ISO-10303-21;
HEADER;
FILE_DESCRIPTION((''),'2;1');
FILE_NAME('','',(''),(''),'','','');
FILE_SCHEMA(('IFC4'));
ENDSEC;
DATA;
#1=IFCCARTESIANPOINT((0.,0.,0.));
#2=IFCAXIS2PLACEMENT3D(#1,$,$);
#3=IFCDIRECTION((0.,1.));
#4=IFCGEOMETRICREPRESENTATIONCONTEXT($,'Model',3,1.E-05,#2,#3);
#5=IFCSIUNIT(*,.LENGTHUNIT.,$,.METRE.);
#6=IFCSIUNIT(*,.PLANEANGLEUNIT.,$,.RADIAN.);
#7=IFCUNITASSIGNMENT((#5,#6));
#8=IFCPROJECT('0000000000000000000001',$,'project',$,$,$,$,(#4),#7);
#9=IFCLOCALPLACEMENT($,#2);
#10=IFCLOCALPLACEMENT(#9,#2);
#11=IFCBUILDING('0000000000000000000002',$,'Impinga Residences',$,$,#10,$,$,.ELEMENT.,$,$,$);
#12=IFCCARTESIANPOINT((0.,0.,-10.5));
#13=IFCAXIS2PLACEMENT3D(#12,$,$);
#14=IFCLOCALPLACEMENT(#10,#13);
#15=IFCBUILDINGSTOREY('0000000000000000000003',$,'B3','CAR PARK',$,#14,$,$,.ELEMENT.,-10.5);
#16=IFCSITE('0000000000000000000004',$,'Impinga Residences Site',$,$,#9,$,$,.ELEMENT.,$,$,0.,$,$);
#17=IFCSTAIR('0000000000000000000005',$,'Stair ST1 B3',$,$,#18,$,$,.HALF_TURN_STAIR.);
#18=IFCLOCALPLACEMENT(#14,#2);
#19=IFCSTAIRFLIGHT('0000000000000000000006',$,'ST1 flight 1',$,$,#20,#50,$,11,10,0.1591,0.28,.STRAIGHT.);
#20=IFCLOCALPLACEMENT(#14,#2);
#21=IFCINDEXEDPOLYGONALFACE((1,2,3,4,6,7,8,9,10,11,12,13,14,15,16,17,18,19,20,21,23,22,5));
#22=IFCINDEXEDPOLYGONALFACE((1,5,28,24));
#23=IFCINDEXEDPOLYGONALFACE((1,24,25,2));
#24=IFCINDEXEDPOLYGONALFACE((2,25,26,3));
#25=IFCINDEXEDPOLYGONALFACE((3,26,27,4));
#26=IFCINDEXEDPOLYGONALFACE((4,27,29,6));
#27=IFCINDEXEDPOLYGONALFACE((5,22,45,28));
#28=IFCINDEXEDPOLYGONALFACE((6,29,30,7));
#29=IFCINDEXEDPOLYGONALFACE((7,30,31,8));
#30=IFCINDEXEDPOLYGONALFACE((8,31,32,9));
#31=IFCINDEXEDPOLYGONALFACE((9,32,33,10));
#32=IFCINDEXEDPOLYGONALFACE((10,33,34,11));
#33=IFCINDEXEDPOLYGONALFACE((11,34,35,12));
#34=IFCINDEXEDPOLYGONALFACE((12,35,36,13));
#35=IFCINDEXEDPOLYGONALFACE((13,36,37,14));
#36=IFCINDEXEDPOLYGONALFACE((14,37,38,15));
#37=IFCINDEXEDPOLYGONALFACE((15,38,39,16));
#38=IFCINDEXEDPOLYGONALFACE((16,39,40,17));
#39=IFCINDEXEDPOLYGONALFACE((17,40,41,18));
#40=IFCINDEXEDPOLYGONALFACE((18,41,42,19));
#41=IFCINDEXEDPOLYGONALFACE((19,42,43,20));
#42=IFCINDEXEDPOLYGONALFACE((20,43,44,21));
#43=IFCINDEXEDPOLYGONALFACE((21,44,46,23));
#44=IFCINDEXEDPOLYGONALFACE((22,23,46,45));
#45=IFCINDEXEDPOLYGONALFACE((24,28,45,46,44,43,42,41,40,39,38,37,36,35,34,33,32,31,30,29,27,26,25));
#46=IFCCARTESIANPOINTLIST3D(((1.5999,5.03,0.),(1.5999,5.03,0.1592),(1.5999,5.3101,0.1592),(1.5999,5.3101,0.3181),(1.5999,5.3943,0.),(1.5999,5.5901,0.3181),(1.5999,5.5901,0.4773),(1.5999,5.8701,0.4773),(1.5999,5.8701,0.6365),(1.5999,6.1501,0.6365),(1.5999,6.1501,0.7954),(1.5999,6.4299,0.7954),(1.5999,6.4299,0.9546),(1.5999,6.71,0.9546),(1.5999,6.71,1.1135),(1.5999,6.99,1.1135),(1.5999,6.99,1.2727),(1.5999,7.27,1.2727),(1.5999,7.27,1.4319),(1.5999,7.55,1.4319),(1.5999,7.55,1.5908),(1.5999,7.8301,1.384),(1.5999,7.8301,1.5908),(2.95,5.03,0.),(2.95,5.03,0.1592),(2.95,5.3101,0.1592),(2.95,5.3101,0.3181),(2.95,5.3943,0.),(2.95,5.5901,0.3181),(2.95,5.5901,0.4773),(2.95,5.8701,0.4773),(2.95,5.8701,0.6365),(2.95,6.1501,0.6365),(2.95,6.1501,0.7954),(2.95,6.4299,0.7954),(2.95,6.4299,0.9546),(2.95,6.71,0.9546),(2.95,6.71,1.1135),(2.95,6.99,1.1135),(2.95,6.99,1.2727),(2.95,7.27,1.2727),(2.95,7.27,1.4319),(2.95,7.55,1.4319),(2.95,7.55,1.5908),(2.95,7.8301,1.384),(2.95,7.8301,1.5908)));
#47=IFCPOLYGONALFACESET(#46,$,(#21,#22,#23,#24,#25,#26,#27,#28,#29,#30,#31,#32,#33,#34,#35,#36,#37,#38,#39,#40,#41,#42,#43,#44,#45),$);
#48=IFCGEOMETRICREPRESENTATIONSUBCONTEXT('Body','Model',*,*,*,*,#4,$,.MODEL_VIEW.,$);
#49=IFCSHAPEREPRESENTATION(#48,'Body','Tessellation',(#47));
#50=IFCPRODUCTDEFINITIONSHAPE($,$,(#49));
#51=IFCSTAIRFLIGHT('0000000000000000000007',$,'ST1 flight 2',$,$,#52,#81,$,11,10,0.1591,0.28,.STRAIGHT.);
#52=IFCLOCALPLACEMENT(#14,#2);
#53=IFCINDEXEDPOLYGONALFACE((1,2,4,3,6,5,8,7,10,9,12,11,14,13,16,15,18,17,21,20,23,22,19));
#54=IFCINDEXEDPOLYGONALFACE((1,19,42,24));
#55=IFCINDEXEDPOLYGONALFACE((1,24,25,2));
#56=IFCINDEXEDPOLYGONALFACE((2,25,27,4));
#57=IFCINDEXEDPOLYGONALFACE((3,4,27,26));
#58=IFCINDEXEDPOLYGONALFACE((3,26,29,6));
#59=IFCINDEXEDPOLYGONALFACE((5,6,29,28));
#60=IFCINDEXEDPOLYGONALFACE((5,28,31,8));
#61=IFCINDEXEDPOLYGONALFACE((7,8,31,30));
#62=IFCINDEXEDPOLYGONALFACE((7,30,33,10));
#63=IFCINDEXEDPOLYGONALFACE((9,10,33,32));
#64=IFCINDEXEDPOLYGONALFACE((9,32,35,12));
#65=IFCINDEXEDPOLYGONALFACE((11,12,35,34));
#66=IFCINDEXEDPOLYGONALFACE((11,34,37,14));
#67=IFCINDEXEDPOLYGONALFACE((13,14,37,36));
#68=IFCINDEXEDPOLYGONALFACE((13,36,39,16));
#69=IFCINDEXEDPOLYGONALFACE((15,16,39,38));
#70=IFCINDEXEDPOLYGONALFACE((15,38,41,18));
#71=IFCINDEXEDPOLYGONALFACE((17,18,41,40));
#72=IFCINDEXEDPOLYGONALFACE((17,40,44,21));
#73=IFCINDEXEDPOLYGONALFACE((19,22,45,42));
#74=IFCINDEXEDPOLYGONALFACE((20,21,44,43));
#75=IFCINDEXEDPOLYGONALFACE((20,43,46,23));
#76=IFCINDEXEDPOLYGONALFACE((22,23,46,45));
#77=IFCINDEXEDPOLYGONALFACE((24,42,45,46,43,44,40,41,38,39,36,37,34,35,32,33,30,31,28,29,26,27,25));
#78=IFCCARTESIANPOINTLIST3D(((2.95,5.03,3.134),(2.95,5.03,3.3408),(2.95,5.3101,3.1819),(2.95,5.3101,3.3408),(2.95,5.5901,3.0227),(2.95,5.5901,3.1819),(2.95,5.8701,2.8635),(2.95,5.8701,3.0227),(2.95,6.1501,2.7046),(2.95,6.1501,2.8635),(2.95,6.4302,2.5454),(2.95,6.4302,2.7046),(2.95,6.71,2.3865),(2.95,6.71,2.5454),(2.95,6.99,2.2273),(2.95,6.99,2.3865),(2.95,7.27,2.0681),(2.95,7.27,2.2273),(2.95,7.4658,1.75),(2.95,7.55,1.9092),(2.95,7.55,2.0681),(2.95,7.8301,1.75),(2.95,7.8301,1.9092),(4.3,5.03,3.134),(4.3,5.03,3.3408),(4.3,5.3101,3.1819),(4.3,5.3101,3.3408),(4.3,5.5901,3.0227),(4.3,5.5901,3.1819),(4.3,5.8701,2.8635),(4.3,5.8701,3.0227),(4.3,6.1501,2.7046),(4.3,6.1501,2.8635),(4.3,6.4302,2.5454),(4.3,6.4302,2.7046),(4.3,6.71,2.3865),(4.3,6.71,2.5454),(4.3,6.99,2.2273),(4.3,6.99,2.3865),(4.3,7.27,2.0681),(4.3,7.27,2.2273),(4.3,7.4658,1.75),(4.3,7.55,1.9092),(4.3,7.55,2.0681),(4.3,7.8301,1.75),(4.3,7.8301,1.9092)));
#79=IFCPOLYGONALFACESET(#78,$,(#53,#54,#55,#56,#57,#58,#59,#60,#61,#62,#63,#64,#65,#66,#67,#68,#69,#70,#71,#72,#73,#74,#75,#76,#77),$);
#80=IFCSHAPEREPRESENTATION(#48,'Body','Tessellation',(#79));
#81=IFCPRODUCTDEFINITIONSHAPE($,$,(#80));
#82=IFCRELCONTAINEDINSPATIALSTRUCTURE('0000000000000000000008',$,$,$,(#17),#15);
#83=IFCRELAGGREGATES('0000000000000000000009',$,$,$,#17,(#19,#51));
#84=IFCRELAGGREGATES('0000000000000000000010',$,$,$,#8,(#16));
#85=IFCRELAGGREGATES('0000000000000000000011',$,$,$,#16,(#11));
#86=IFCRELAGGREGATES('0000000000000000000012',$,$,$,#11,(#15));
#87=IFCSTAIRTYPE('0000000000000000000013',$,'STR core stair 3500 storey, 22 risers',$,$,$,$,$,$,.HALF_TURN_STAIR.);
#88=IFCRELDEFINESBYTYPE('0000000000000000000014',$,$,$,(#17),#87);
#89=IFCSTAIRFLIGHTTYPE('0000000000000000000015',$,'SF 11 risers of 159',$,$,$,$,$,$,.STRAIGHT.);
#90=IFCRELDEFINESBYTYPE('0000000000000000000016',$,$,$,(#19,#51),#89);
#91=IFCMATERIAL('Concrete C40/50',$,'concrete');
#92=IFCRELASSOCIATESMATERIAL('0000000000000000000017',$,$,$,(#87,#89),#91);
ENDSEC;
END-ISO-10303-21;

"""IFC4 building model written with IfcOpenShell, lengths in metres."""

from ifc_helpers import new_model, si_unit, direction, frame, origin, place, context, subcontext, project, spatial, polyline, outline, extrude, material, type_object, element, aggregate, save


model = new_model("IFC4")

# Units and contexts
model_context = context("Model", 3, precision=1e-05, world=origin(), true_north=direction((0.0, 1.0)))
body_context = subcontext(model_context, "Body", "Model", "MODEL_VIEW")
ifc_project = project(units=[si_unit("LENGTHUNIT", "METRE"), si_unit("PLANEANGLEUNIT", "RADIAN")], contexts=[model_context])

# Site, building, storey
site_placement = place(None, origin())
site = spatial("IfcSite", under=ifc_project, at=site_placement, Name="Impinga Residences Site", CompositionType="ELEMENT", RefElevation=0.0)
building_placement = place(site_placement, origin())
building = spatial("IfcBuilding", under=site, at=building_placement, Name="Impinga Residences", CompositionType="ELEMENT")
storey_placement = place(building_placement, frame((0.0, 0.0, -10.5)))
storey = spatial("IfcBuildingStorey", under=building, at=storey_placement, Name="B3", Description="CAR PARK", CompositionType="ELEMENT", Elevation=-10.5)

# Stair, stair flights
ifc_material_1 = material(Name="Concrete C40/50", Category="concrete")
stair_type = type_object("IfcStairType", Name="STR core stair 3500 storey, 22 risers", PredefinedType="HALF_TURN_STAIR", material=ifc_material_1)
stair_placement = place(storey_placement, origin())
stair = element("IfcStair", 1, at=stair_placement, inside=storey, type_object=stair_type, Name="Stair ST1 B3", PredefinedType="HALF_TURN_STAIR")
stair_flight_type = type_object("IfcStairFlightType", Name="SF 11 risers of 159", PredefinedType="STRAIGHT", material=ifc_material_1)
stair_flight_1_placement = place(storey_placement, frame((2.2749, 5.03, 0.0), z_axis=(0.0, 0.0, 1.0), x_axis=(0.0, 1.0, 0.0)))
stair_flight_1 = element("IfcStairFlight", 2, at=stair_flight_1_placement, type_object=stair_flight_type, Name="ST1 flight 1", NumberOfRisers=11, NumberOfTreads=10, PredefinedType="STRAIGHT", RiserHeight=0.1591, TreadLength=0.28, context=body_context, shape_type="SweptSolid", body=[
    extrude(outline(polyline([(0.0, 0.0), (0.0, 0.1592), (0.28, 0.1592), (0.28, 0.3181), (0.5601, 0.3181), (0.5601, 0.4773), (0.8401, 0.4773), (0.8401, 0.6365), (1.1201, 0.6365), (1.1201, 0.7954), (1.3999, 0.7954), (1.3999, 0.9546), (1.6799, 0.9546), (1.6799, 1.1135), (1.96, 1.1135), (1.96, 1.2727), (2.24, 1.2727), (2.24, 1.4319), (2.52, 1.4319), (2.52, 1.5908), (2.8, 1.5908), (2.8, 1.75), (2.8, 1.384), (0.3643, 0.0), (0.0, 0.0)])), frame((0.0, 0.675, 0.0), z_axis=(0.0, -1.0, 0.0), x_axis=(1.0, 0.0, 0.0)), (0.0, 0.0, 1.0), 1.3501),
])
stair_flight_2_placement = place(storey_placement, frame((3.625, 7.8301, 1.75), z_axis=(0.0, 0.0, 1.0), x_axis=(0.0, -1.0, 0.0)))
stair_flight_2 = element("IfcStairFlight", 3, at=stair_flight_2_placement, type_object=stair_flight_type, Name="ST1 flight 2", NumberOfRisers=11, NumberOfTreads=10, PredefinedType="STRAIGHT", RiserHeight=0.1591, TreadLength=0.28, context=body_context, shape_type="SweptSolid", body=[
    extrude(outline(polyline([(0.0, 0.0), (0.0, 0.1592), (0.28, 0.1592), (0.28, 0.3181), (0.5601, 0.3181), (0.5601, 0.4773), (0.8401, 0.4773), (0.8401, 0.6365), (1.1201, 0.6365), (1.1201, 0.7954), (1.3999, 0.7954), (1.3999, 0.9546), (1.6799, 0.9546), (1.6799, 1.1135), (1.96, 1.1135), (1.96, 1.2727), (2.24, 1.2727), (2.24, 1.4319), (2.52, 1.4319), (2.52, 1.5908), (2.8, 1.5908), (2.8, 1.75), (2.8, 1.384), (0.3643, 0.0), (0.0, 0.0)])), frame((0.0, 0.675, 0.0), z_axis=(0.0, -1.0, 0.0), x_axis=(1.0, 0.0, 0.0)), (0.0, 0.0, 1.0), 1.3501),
])
aggregate(stair, [stair_flight_1, stair_flight_2])

save(model, "model.ifc")
